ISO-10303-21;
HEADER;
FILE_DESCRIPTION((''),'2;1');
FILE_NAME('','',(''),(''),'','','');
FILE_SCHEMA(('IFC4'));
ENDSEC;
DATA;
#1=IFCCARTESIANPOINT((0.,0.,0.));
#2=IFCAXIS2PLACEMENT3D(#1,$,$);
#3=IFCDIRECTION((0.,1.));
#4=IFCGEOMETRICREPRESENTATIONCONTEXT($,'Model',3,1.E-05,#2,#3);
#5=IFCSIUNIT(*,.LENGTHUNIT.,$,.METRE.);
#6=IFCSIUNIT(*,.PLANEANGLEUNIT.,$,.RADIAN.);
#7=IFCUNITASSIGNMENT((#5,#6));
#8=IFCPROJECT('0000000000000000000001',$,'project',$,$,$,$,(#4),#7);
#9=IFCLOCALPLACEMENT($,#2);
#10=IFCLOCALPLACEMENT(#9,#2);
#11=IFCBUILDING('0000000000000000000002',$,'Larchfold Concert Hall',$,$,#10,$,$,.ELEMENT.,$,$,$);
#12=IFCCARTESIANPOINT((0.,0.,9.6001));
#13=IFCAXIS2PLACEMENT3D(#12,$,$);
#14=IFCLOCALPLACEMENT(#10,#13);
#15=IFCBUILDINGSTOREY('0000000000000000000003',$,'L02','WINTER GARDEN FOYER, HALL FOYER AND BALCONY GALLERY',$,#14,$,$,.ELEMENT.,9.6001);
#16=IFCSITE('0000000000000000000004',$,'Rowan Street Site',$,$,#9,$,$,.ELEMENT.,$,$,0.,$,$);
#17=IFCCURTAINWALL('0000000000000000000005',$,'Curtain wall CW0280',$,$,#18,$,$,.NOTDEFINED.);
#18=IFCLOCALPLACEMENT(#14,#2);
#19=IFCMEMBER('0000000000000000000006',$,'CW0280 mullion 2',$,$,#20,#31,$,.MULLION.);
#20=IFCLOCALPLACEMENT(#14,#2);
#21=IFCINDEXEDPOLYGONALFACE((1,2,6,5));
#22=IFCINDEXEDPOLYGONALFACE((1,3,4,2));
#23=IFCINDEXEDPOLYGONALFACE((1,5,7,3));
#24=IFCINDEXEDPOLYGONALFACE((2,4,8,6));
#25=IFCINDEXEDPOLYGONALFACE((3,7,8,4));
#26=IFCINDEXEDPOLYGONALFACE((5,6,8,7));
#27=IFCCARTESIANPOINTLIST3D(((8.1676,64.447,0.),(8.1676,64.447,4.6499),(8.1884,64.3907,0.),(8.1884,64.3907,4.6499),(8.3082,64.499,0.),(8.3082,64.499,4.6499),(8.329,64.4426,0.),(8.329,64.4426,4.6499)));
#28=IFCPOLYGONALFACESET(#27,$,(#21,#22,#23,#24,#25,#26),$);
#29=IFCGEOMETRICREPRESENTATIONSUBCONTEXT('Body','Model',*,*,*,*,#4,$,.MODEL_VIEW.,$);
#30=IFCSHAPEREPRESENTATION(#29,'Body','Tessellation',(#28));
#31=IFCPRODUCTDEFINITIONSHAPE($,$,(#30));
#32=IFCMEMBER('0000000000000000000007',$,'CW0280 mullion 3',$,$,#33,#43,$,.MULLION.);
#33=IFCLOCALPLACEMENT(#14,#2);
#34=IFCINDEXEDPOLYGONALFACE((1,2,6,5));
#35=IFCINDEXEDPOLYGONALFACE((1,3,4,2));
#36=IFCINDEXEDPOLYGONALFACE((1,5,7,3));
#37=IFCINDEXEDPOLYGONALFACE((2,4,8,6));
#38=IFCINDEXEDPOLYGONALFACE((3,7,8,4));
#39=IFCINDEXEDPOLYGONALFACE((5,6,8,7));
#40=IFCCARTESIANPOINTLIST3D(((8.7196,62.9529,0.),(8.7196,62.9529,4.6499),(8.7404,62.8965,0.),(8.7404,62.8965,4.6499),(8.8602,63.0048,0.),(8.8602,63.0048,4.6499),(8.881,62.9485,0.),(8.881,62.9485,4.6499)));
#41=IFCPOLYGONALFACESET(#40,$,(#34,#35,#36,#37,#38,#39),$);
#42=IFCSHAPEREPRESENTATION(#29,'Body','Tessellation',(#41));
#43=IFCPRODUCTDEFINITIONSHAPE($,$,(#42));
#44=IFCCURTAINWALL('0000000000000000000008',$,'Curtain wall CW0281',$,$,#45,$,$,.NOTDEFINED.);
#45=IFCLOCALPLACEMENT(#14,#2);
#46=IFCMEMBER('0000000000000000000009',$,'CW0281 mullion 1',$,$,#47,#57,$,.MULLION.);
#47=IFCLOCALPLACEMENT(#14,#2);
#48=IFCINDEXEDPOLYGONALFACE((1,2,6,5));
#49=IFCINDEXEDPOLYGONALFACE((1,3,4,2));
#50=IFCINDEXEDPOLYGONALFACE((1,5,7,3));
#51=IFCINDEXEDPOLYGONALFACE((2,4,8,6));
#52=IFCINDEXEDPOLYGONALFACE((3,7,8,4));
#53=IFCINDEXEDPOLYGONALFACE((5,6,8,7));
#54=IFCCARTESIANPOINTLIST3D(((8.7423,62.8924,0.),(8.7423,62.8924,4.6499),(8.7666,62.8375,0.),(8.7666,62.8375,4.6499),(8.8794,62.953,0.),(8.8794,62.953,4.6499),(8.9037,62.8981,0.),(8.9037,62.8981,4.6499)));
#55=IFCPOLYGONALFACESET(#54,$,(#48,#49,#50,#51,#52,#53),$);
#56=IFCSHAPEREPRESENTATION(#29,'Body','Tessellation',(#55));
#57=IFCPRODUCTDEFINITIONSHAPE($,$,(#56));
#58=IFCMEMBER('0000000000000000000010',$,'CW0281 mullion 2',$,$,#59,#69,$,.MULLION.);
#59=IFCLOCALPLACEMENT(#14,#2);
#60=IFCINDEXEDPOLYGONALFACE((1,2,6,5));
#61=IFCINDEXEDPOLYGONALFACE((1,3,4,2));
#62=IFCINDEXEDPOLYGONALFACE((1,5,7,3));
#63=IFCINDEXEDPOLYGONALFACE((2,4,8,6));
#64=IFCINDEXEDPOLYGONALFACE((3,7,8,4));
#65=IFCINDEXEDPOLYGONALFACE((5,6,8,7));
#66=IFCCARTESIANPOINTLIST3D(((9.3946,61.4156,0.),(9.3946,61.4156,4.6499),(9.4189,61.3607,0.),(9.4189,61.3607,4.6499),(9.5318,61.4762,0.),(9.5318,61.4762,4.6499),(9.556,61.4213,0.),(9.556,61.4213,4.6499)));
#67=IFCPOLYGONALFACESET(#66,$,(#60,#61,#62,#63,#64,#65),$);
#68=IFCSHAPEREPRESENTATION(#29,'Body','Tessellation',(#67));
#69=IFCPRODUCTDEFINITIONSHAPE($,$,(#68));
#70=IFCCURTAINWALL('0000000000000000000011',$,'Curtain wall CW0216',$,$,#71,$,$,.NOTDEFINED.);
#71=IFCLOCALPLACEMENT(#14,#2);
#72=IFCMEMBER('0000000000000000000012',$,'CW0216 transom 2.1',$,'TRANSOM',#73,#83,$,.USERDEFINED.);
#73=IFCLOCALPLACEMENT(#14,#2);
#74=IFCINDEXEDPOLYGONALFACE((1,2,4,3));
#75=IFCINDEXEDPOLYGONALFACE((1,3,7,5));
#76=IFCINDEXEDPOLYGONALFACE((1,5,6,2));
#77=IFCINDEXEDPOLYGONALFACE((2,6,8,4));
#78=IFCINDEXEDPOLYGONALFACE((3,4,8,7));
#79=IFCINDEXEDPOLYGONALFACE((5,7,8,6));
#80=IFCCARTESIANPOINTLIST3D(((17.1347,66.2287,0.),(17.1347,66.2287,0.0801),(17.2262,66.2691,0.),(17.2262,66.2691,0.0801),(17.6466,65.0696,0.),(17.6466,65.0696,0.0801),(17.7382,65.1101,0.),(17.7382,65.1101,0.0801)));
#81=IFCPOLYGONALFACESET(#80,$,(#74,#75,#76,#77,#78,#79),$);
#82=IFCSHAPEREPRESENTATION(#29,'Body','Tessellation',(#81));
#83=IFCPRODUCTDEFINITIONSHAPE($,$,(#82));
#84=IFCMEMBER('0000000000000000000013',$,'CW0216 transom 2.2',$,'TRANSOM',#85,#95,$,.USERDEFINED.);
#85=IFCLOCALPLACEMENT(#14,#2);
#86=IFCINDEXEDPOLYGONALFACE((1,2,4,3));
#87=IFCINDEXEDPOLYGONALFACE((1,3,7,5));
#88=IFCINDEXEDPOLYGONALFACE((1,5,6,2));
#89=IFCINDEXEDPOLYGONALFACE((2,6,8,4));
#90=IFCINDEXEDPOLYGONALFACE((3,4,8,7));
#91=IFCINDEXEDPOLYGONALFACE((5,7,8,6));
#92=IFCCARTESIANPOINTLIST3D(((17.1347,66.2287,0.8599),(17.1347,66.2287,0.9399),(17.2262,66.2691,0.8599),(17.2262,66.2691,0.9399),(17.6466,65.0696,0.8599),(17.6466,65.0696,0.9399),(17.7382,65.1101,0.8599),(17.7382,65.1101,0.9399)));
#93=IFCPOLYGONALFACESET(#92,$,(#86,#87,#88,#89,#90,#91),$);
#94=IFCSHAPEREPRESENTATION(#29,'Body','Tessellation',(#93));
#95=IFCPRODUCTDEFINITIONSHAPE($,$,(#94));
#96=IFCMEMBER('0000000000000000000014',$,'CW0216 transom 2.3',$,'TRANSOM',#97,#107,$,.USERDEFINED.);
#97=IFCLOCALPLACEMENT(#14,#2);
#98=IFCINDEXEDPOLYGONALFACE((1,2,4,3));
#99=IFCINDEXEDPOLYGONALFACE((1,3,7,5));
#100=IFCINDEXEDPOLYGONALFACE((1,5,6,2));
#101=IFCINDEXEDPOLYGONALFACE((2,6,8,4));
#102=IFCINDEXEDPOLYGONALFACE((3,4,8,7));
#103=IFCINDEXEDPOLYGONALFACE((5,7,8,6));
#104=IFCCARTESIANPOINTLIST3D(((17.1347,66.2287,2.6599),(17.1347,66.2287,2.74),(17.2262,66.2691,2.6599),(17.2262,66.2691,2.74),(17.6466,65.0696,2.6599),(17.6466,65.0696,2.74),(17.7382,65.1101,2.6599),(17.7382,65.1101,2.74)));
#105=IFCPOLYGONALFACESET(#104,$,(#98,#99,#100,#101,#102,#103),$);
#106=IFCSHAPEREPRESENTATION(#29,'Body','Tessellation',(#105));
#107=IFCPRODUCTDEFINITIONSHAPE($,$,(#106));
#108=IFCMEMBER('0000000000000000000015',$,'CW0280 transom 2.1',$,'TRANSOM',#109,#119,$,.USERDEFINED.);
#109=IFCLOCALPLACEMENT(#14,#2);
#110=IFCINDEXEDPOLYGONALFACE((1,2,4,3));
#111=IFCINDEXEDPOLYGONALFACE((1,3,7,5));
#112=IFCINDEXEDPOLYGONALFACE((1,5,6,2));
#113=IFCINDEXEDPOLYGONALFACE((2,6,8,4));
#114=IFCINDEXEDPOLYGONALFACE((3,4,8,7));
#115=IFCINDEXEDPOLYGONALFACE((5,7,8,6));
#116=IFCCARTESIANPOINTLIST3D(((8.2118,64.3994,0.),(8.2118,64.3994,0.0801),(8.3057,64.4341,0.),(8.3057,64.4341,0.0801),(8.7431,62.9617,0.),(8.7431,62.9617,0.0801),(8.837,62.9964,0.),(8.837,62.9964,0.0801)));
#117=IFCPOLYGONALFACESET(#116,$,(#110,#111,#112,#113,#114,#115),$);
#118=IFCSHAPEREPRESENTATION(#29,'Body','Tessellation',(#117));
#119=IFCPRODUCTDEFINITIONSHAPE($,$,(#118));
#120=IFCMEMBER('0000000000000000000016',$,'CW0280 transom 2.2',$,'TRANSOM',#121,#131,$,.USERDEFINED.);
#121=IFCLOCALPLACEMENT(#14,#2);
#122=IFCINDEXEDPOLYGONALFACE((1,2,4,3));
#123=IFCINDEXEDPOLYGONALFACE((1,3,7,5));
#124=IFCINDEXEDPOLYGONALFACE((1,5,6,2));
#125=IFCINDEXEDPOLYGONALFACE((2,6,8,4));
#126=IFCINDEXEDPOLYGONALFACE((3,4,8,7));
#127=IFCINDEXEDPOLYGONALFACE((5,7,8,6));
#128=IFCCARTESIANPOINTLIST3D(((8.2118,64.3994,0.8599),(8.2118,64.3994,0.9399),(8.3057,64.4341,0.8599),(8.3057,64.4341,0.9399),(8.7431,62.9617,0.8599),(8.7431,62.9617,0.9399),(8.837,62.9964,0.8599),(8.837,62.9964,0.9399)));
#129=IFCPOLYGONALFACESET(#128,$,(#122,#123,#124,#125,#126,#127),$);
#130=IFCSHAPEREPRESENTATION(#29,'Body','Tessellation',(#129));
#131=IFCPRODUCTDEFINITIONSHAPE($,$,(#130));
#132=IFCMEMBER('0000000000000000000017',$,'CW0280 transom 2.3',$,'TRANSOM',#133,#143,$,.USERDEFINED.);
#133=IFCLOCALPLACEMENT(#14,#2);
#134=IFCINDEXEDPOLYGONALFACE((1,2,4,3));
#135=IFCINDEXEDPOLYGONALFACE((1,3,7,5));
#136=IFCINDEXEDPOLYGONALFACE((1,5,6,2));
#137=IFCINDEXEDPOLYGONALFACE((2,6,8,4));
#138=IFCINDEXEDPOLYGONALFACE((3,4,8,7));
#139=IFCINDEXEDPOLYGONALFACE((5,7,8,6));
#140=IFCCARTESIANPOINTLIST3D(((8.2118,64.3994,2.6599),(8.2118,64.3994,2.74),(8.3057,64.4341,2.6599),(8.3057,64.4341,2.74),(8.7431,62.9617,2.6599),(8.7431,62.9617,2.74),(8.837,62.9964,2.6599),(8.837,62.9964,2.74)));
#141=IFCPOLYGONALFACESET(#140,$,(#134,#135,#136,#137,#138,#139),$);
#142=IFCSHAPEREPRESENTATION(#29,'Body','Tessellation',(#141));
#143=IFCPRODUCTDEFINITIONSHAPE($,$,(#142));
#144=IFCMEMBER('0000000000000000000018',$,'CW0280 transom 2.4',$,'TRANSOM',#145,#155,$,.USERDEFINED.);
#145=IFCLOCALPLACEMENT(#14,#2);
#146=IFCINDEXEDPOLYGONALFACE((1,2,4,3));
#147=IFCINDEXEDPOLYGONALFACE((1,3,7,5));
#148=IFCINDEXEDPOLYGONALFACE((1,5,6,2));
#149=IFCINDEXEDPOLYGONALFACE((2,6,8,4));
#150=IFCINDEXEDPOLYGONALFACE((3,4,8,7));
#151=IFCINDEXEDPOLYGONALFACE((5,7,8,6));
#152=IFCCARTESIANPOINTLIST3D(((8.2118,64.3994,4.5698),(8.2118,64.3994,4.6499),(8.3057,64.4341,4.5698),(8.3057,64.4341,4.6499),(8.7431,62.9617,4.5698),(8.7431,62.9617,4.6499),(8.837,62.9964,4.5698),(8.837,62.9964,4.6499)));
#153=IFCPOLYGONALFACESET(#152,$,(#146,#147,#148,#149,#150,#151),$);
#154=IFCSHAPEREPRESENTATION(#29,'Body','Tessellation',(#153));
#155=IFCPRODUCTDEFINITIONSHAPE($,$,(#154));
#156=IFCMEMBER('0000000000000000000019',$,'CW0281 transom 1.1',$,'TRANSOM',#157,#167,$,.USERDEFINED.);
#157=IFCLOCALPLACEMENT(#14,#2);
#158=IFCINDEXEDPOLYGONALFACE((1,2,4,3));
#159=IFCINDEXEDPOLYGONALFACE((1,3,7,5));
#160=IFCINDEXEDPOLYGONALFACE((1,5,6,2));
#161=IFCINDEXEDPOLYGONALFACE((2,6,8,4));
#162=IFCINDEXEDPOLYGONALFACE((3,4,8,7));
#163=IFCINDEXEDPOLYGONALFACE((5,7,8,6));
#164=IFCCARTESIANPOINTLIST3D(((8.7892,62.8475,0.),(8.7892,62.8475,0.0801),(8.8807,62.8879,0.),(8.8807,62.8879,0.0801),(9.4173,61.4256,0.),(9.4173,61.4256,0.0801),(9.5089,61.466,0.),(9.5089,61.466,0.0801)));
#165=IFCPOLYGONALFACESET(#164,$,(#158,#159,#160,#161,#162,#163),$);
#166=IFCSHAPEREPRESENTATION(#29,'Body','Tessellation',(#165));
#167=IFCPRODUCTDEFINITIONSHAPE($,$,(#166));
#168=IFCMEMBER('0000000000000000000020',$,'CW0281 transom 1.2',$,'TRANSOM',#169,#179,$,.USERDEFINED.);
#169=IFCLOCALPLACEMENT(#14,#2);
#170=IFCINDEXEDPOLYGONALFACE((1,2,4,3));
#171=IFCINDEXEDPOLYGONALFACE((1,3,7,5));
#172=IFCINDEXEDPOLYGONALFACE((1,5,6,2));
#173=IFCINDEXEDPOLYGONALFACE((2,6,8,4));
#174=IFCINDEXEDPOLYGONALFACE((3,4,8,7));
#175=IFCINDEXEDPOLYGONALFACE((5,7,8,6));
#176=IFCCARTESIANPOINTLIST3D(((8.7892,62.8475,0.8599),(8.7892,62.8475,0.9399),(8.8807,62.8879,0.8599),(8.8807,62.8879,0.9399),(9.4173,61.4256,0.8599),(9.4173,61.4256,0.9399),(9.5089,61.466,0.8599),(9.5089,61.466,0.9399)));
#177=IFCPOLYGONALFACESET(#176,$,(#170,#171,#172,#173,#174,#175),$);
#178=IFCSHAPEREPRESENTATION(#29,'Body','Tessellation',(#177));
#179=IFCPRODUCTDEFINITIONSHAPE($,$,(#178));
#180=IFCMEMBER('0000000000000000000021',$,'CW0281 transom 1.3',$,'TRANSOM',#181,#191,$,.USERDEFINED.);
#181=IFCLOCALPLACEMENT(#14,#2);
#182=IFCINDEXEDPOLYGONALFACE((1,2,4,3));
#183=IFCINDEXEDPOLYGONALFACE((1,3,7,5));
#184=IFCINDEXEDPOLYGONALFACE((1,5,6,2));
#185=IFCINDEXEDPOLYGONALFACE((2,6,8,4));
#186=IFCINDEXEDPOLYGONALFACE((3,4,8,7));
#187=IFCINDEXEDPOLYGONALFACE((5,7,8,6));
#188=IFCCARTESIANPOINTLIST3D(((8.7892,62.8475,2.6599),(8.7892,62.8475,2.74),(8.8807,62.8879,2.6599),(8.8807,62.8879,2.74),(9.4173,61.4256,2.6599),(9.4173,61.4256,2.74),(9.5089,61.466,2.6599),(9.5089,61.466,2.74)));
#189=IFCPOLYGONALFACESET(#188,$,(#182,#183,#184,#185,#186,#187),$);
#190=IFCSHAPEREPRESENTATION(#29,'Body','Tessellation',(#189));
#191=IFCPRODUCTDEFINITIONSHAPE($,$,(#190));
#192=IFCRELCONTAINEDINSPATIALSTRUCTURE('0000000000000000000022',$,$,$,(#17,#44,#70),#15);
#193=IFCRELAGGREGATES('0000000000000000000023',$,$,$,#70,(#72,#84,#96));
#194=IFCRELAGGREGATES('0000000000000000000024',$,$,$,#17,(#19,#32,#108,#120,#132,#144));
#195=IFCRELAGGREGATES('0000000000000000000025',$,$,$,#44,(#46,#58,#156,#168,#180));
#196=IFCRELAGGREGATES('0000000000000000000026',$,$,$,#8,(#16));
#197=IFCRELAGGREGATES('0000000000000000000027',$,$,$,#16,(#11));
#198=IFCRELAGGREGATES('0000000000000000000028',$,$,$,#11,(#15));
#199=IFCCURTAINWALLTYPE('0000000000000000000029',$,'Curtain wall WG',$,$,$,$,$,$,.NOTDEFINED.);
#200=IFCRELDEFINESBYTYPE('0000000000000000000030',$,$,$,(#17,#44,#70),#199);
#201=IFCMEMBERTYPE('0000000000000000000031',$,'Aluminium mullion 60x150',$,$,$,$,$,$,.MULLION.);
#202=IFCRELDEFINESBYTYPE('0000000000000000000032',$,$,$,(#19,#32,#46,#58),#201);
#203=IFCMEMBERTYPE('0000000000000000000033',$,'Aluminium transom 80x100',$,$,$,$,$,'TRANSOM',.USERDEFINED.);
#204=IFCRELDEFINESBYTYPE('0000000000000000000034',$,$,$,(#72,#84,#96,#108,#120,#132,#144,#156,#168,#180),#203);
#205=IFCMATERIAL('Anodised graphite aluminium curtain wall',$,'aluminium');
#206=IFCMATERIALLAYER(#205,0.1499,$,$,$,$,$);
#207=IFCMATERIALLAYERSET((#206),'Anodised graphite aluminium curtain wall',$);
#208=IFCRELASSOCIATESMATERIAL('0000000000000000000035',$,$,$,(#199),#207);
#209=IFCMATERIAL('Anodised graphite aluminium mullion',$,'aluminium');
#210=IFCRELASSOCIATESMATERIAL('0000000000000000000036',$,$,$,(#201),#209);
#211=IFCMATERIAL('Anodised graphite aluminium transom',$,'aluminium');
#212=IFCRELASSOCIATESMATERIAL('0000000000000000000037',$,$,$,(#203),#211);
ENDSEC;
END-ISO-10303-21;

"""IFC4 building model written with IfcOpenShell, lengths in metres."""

from ifc_helpers import new_model, si_unit, direction, frame, origin, origin_2d, place, context, subcontext, project, spatial, rectangle, extrude, material, layer, layer_set, material_profile, profile_set, type_object, element, aggregate, save


model = new_model("IFC4")

# Units and contexts
model_context = context("Model", 3, precision=1e-05, world=origin(), true_north=direction((0.0, 1.0)))
body_context = subcontext(model_context, "Body", "Model", "MODEL_VIEW")
ifc_project = project(units=[si_unit("LENGTHUNIT", "METRE"), si_unit("PLANEANGLEUNIT", "RADIAN")], contexts=[model_context])

# Site, building, storey
site_placement = place(None, origin())
site = spatial("IfcSite", under=ifc_project, at=site_placement, Name="Rowan Street Site", CompositionType="ELEMENT", RefElevation=0.0)
building_placement = place(site_placement, origin())
building = spatial("IfcBuilding", under=site, at=building_placement, Name="Larchfold Concert Hall", CompositionType="ELEMENT")
storey_placement = place(building_placement, frame((0.0, 0.0, 9.6001)))
storey = spatial("IfcBuildingStorey", under=building, at=storey_placement, Name="L02", Description="WINTER GARDEN FOYER, HALL FOYER AND BALCONY GALLERY", CompositionType="ELEMENT", Elevation=9.6001)

# Curtain walls, members
ifc_material_1 = material(Name="Anodised graphite aluminium curtain wall", Category="aluminium")
ifc_layer_1 = layer(ifc_material_1, 0.1499)
ifc_layer_set_1 = layer_set([ifc_layer_1], Name="Anodised graphite aluminium curtain wall")
curtain_wall_type = type_object("IfcCurtainWallType", Name="Curtain wall WG", PredefinedType="NOTDEFINED", material=ifc_layer_set_1)
curtain_wall_1_placement = place(storey_placement, origin())
curtain_wall_1 = element("IfcCurtainWall", 1, at=curtain_wall_1_placement, inside=storey, type_object=curtain_wall_type, Name="Curtain wall CW0280", PredefinedType="NOTDEFINED")
ifc_material_2 = material(Name="Anodised graphite aluminium mullion", Category="aluminium")
ifc_material_profile_1 = material_profile(ifc_material_2, rectangle(XDim=0.1499, YDim=0.0601, at=origin_2d()))
ifc_profile_set_1 = profile_set([ifc_material_profile_1], Name="Anodised graphite aluminium mullion")
member_type_1 = type_object("IfcMemberType", Name="Aluminium mullion 60x150", PredefinedType="MULLION", material=ifc_profile_set_1)
member_1_placement = place(storey_placement, frame((8.2483, 64.4448, 0.0), z_axis=(0.0, 0.0, 1.0), x_axis=(0.938015, 0.346594, 0.0)))
member_1 = element("IfcMember", 2, at=member_1_placement, type_object=member_type_1, Name="CW0280 mullion 2", PredefinedType="MULLION", context=body_context, shape_type="SweptSolid", body=[
    extrude(rectangle(XDim=0.1499, YDim=0.0601, at=origin_2d()), origin(), (0.0, 0.0, 1.0), 4.6499),
])
member_2_placement = place(storey_placement, frame((8.8003, 62.9507, 0.0), z_axis=(0.0, 0.0, 1.0), x_axis=(0.938015, 0.346594, 0.0)))
member_2 = element("IfcMember", 3, at=member_2_placement, type_object=member_type_1, Name="CW0280 mullion 3", PredefinedType="MULLION", context=body_context, shape_type="SweptSolid", body=[
    extrude(rectangle(XDim=0.1499, YDim=0.0601, at=origin_2d()), origin(), (0.0, 0.0, 1.0), 4.6499),
])
curtain_wall_2_placement = place(storey_placement, origin())
curtain_wall_2 = element("IfcCurtainWall", 4, at=curtain_wall_2_placement, inside=storey, type_object=curtain_wall_type, Name="Curtain wall CW0281", PredefinedType="NOTDEFINED")
member_3_placement = place(storey_placement, frame((8.823, 62.8953, 0.0), z_axis=(0.0, 0.0, 1.0), x_axis=(0.914703, 0.404126, 0.0)))
member_3 = element("IfcMember", 5, at=member_3_placement, type_object=member_type_1, Name="CW0281 mullion 1", PredefinedType="MULLION", context=body_context, shape_type="SweptSolid", body=[
    extrude(rectangle(XDim=0.1499, YDim=0.0601, at=origin_2d()), origin(), (0.0, 0.0, 1.0), 4.6499),
])
member_4_placement = place(storey_placement, frame((9.4753, 61.4185, 0.0), z_axis=(0.0, 0.0, 1.0), x_axis=(0.914703, 0.404126, 0.0)))
member_4 = element("IfcMember", 6, at=member_4_placement, type_object=member_type_1, Name="CW0281 mullion 2", PredefinedType="MULLION", context=body_context, shape_type="SweptSolid", body=[
    extrude(rectangle(XDim=0.1499, YDim=0.0601, at=origin_2d()), origin(), (0.0, 0.0, 1.0), 4.6499),
])
curtain_wall_3_placement = place(storey_placement, origin())
curtain_wall_3 = element("IfcCurtainWall", 7, at=curtain_wall_3_placement, inside=storey, type_object=curtain_wall_type, Name="Curtain wall CW0216", PredefinedType="NOTDEFINED")
ifc_material_3 = material(Name="Anodised graphite aluminium transom", Category="aluminium")
ifc_material_profile_2 = material_profile(ifc_material_3, rectangle(XDim=0.1001, YDim=0.0801, at=origin_2d()))
ifc_profile_set_2 = profile_set([ifc_material_profile_2], Name="Anodised graphite aluminium transom")
member_type_2 = type_object("IfcMemberType", Name="Aluminium transom 80x100", ElementType="TRANSOM", PredefinedType="USERDEFINED", material=ifc_profile_set_2)
member_5_placement = place(storey_placement, frame((17.6924, 65.0898, 0.04), z_axis=(-0.40401, 0.914755, 0.0), x_axis=(-0.914755, -0.40401, 0.0)))
member_5 = element("IfcMember", 8, at=member_5_placement, type_object=member_type_2, Name="CW0216 transom 2.1", ObjectType="TRANSOM", PredefinedType="USERDEFINED", context=body_context, shape_type="SweptSolid", body=[
    extrude(rectangle(XDim=0.1001, YDim=0.0801, at=origin_2d()), origin(), (0.0, 0.0, 1.0), 1.2671),
])
member_6_placement = place(storey_placement, frame((17.6924, 65.0898, 0.8999), z_axis=(-0.40401, 0.914755, 0.0), x_axis=(-0.914755, -0.40401, 0.0)))
member_6 = element("IfcMember", 9, at=member_6_placement, type_object=member_type_2, Name="CW0216 transom 2.2", ObjectType="TRANSOM", PredefinedType="USERDEFINED", context=body_context, shape_type="SweptSolid", body=[
    extrude(rectangle(XDim=0.1001, YDim=0.0801, at=origin_2d()), origin(), (0.0, 0.0, 1.0), 1.2671),
])
member_7_placement = place(storey_placement, frame((17.6924, 65.0898, 2.7), z_axis=(-0.40401, 0.914755, 0.0), x_axis=(-0.914755, -0.40401, 0.0)))
member_7 = element("IfcMember", 10, at=member_7_placement, type_object=member_type_2, Name="CW0216 transom 2.3", ObjectType="TRANSOM", PredefinedType="USERDEFINED", context=body_context, shape_type="SweptSolid", body=[
    extrude(rectangle(XDim=0.1001, YDim=0.0801, at=origin_2d()), origin(), (0.0, 0.0, 1.0), 1.2671),
])
aggregate(curtain_wall_3, [member_5, member_6, member_7])

# Members
member_8_placement = place(storey_placement, frame((8.2588, 64.4167, 0.04), z_axis=(0.346598, -0.938014, 0.0), x_axis=(0.938014, 0.346598, 0.0)))
member_8 = element("IfcMember", 11, at=member_8_placement, type_object=member_type_2, Name="CW0280 transom 2.1", ObjectType="TRANSOM", PredefinedType="USERDEFINED", context=body_context, shape_type="SweptSolid", body=[
    extrude(rectangle(XDim=0.1001, YDim=0.0801, at=origin_2d()), origin(), (0.0, 0.0, 1.0), 1.5327),
])
member_9_placement = place(storey_placement, frame((8.2588, 64.4167, 0.8999), z_axis=(0.346598, -0.938014, 0.0), x_axis=(0.938014, 0.346598, 0.0)))
member_9 = element("IfcMember", 12, at=member_9_placement, type_object=member_type_2, Name="CW0280 transom 2.2", ObjectType="TRANSOM", PredefinedType="USERDEFINED", context=body_context, shape_type="SweptSolid", body=[
    extrude(rectangle(XDim=0.1001, YDim=0.0801, at=origin_2d()), origin(), (0.0, 0.0, 1.0), 1.5327),
])
member_10_placement = place(storey_placement, frame((8.2588, 64.4167, 2.7), z_axis=(0.346598, -0.938014, 0.0), x_axis=(0.938014, 0.346598, 0.0)))
member_10 = element("IfcMember", 13, at=member_10_placement, type_object=member_type_2, Name="CW0280 transom 2.3", ObjectType="TRANSOM", PredefinedType="USERDEFINED", context=body_context, shape_type="SweptSolid", body=[
    extrude(rectangle(XDim=0.1001, YDim=0.0801, at=origin_2d()), origin(), (0.0, 0.0, 1.0), 1.5327),
])
member_11_placement = place(storey_placement, frame((8.2588, 64.4167, 4.6099), z_axis=(0.346598, -0.938014, 0.0), x_axis=(0.938014, 0.346598, 0.0)))
member_11 = element("IfcMember", 14, at=member_11_placement, type_object=member_type_2, Name="CW0280 transom 2.4", ObjectType="TRANSOM", PredefinedType="USERDEFINED", context=body_context, shape_type="SweptSolid", body=[
    extrude(rectangle(XDim=0.1001, YDim=0.0801, at=origin_2d()), origin(), (0.0, 0.0, 1.0), 1.5327),
])
member_12_placement = place(storey_placement, frame((8.835, 62.8677, 0.04), z_axis=(0.404112, -0.91471, 0.0), x_axis=(0.91471, 0.404112, 0.0)))
member_12 = element("IfcMember", 15, at=member_12_placement, type_object=member_type_2, Name="CW0281 transom 1.1", ObjectType="TRANSOM", PredefinedType="USERDEFINED", context=body_context, shape_type="SweptSolid", body=[
    extrude(rectangle(XDim=0.1001, YDim=0.0801, at=origin_2d()), origin(), (0.0, 0.0, 1.0), 1.5544),
])
member_13_placement = place(storey_placement, frame((8.835, 62.8677, 0.8999), z_axis=(0.404112, -0.91471, 0.0), x_axis=(0.91471, 0.404112, 0.0)))
member_13 = element("IfcMember", 16, at=member_13_placement, type_object=member_type_2, Name="CW0281 transom 1.2", ObjectType="TRANSOM", PredefinedType="USERDEFINED", context=body_context, shape_type="SweptSolid", body=[
    extrude(rectangle(XDim=0.1001, YDim=0.0801, at=origin_2d()), origin(), (0.0, 0.0, 1.0), 1.5544),
])
member_14_placement = place(storey_placement, frame((8.835, 62.8677, 2.7), z_axis=(0.404112, -0.91471, 0.0), x_axis=(0.91471, 0.404112, 0.0)))
member_14 = element("IfcMember", 17, at=member_14_placement, type_object=member_type_2, Name="CW0281 transom 1.3", ObjectType="TRANSOM", PredefinedType="USERDEFINED", context=body_context, shape_type="SweptSolid", body=[
    extrude(rectangle(XDim=0.1001, YDim=0.0801, at=origin_2d()), origin(), (0.0, 0.0, 1.0), 1.5544),
])

aggregate(curtain_wall_1, [member_1, member_2, member_8, member_9, member_10, member_11])
aggregate(curtain_wall_2, [member_3, member_4, member_12, member_13, member_14])

save(model, "model.ifc")
